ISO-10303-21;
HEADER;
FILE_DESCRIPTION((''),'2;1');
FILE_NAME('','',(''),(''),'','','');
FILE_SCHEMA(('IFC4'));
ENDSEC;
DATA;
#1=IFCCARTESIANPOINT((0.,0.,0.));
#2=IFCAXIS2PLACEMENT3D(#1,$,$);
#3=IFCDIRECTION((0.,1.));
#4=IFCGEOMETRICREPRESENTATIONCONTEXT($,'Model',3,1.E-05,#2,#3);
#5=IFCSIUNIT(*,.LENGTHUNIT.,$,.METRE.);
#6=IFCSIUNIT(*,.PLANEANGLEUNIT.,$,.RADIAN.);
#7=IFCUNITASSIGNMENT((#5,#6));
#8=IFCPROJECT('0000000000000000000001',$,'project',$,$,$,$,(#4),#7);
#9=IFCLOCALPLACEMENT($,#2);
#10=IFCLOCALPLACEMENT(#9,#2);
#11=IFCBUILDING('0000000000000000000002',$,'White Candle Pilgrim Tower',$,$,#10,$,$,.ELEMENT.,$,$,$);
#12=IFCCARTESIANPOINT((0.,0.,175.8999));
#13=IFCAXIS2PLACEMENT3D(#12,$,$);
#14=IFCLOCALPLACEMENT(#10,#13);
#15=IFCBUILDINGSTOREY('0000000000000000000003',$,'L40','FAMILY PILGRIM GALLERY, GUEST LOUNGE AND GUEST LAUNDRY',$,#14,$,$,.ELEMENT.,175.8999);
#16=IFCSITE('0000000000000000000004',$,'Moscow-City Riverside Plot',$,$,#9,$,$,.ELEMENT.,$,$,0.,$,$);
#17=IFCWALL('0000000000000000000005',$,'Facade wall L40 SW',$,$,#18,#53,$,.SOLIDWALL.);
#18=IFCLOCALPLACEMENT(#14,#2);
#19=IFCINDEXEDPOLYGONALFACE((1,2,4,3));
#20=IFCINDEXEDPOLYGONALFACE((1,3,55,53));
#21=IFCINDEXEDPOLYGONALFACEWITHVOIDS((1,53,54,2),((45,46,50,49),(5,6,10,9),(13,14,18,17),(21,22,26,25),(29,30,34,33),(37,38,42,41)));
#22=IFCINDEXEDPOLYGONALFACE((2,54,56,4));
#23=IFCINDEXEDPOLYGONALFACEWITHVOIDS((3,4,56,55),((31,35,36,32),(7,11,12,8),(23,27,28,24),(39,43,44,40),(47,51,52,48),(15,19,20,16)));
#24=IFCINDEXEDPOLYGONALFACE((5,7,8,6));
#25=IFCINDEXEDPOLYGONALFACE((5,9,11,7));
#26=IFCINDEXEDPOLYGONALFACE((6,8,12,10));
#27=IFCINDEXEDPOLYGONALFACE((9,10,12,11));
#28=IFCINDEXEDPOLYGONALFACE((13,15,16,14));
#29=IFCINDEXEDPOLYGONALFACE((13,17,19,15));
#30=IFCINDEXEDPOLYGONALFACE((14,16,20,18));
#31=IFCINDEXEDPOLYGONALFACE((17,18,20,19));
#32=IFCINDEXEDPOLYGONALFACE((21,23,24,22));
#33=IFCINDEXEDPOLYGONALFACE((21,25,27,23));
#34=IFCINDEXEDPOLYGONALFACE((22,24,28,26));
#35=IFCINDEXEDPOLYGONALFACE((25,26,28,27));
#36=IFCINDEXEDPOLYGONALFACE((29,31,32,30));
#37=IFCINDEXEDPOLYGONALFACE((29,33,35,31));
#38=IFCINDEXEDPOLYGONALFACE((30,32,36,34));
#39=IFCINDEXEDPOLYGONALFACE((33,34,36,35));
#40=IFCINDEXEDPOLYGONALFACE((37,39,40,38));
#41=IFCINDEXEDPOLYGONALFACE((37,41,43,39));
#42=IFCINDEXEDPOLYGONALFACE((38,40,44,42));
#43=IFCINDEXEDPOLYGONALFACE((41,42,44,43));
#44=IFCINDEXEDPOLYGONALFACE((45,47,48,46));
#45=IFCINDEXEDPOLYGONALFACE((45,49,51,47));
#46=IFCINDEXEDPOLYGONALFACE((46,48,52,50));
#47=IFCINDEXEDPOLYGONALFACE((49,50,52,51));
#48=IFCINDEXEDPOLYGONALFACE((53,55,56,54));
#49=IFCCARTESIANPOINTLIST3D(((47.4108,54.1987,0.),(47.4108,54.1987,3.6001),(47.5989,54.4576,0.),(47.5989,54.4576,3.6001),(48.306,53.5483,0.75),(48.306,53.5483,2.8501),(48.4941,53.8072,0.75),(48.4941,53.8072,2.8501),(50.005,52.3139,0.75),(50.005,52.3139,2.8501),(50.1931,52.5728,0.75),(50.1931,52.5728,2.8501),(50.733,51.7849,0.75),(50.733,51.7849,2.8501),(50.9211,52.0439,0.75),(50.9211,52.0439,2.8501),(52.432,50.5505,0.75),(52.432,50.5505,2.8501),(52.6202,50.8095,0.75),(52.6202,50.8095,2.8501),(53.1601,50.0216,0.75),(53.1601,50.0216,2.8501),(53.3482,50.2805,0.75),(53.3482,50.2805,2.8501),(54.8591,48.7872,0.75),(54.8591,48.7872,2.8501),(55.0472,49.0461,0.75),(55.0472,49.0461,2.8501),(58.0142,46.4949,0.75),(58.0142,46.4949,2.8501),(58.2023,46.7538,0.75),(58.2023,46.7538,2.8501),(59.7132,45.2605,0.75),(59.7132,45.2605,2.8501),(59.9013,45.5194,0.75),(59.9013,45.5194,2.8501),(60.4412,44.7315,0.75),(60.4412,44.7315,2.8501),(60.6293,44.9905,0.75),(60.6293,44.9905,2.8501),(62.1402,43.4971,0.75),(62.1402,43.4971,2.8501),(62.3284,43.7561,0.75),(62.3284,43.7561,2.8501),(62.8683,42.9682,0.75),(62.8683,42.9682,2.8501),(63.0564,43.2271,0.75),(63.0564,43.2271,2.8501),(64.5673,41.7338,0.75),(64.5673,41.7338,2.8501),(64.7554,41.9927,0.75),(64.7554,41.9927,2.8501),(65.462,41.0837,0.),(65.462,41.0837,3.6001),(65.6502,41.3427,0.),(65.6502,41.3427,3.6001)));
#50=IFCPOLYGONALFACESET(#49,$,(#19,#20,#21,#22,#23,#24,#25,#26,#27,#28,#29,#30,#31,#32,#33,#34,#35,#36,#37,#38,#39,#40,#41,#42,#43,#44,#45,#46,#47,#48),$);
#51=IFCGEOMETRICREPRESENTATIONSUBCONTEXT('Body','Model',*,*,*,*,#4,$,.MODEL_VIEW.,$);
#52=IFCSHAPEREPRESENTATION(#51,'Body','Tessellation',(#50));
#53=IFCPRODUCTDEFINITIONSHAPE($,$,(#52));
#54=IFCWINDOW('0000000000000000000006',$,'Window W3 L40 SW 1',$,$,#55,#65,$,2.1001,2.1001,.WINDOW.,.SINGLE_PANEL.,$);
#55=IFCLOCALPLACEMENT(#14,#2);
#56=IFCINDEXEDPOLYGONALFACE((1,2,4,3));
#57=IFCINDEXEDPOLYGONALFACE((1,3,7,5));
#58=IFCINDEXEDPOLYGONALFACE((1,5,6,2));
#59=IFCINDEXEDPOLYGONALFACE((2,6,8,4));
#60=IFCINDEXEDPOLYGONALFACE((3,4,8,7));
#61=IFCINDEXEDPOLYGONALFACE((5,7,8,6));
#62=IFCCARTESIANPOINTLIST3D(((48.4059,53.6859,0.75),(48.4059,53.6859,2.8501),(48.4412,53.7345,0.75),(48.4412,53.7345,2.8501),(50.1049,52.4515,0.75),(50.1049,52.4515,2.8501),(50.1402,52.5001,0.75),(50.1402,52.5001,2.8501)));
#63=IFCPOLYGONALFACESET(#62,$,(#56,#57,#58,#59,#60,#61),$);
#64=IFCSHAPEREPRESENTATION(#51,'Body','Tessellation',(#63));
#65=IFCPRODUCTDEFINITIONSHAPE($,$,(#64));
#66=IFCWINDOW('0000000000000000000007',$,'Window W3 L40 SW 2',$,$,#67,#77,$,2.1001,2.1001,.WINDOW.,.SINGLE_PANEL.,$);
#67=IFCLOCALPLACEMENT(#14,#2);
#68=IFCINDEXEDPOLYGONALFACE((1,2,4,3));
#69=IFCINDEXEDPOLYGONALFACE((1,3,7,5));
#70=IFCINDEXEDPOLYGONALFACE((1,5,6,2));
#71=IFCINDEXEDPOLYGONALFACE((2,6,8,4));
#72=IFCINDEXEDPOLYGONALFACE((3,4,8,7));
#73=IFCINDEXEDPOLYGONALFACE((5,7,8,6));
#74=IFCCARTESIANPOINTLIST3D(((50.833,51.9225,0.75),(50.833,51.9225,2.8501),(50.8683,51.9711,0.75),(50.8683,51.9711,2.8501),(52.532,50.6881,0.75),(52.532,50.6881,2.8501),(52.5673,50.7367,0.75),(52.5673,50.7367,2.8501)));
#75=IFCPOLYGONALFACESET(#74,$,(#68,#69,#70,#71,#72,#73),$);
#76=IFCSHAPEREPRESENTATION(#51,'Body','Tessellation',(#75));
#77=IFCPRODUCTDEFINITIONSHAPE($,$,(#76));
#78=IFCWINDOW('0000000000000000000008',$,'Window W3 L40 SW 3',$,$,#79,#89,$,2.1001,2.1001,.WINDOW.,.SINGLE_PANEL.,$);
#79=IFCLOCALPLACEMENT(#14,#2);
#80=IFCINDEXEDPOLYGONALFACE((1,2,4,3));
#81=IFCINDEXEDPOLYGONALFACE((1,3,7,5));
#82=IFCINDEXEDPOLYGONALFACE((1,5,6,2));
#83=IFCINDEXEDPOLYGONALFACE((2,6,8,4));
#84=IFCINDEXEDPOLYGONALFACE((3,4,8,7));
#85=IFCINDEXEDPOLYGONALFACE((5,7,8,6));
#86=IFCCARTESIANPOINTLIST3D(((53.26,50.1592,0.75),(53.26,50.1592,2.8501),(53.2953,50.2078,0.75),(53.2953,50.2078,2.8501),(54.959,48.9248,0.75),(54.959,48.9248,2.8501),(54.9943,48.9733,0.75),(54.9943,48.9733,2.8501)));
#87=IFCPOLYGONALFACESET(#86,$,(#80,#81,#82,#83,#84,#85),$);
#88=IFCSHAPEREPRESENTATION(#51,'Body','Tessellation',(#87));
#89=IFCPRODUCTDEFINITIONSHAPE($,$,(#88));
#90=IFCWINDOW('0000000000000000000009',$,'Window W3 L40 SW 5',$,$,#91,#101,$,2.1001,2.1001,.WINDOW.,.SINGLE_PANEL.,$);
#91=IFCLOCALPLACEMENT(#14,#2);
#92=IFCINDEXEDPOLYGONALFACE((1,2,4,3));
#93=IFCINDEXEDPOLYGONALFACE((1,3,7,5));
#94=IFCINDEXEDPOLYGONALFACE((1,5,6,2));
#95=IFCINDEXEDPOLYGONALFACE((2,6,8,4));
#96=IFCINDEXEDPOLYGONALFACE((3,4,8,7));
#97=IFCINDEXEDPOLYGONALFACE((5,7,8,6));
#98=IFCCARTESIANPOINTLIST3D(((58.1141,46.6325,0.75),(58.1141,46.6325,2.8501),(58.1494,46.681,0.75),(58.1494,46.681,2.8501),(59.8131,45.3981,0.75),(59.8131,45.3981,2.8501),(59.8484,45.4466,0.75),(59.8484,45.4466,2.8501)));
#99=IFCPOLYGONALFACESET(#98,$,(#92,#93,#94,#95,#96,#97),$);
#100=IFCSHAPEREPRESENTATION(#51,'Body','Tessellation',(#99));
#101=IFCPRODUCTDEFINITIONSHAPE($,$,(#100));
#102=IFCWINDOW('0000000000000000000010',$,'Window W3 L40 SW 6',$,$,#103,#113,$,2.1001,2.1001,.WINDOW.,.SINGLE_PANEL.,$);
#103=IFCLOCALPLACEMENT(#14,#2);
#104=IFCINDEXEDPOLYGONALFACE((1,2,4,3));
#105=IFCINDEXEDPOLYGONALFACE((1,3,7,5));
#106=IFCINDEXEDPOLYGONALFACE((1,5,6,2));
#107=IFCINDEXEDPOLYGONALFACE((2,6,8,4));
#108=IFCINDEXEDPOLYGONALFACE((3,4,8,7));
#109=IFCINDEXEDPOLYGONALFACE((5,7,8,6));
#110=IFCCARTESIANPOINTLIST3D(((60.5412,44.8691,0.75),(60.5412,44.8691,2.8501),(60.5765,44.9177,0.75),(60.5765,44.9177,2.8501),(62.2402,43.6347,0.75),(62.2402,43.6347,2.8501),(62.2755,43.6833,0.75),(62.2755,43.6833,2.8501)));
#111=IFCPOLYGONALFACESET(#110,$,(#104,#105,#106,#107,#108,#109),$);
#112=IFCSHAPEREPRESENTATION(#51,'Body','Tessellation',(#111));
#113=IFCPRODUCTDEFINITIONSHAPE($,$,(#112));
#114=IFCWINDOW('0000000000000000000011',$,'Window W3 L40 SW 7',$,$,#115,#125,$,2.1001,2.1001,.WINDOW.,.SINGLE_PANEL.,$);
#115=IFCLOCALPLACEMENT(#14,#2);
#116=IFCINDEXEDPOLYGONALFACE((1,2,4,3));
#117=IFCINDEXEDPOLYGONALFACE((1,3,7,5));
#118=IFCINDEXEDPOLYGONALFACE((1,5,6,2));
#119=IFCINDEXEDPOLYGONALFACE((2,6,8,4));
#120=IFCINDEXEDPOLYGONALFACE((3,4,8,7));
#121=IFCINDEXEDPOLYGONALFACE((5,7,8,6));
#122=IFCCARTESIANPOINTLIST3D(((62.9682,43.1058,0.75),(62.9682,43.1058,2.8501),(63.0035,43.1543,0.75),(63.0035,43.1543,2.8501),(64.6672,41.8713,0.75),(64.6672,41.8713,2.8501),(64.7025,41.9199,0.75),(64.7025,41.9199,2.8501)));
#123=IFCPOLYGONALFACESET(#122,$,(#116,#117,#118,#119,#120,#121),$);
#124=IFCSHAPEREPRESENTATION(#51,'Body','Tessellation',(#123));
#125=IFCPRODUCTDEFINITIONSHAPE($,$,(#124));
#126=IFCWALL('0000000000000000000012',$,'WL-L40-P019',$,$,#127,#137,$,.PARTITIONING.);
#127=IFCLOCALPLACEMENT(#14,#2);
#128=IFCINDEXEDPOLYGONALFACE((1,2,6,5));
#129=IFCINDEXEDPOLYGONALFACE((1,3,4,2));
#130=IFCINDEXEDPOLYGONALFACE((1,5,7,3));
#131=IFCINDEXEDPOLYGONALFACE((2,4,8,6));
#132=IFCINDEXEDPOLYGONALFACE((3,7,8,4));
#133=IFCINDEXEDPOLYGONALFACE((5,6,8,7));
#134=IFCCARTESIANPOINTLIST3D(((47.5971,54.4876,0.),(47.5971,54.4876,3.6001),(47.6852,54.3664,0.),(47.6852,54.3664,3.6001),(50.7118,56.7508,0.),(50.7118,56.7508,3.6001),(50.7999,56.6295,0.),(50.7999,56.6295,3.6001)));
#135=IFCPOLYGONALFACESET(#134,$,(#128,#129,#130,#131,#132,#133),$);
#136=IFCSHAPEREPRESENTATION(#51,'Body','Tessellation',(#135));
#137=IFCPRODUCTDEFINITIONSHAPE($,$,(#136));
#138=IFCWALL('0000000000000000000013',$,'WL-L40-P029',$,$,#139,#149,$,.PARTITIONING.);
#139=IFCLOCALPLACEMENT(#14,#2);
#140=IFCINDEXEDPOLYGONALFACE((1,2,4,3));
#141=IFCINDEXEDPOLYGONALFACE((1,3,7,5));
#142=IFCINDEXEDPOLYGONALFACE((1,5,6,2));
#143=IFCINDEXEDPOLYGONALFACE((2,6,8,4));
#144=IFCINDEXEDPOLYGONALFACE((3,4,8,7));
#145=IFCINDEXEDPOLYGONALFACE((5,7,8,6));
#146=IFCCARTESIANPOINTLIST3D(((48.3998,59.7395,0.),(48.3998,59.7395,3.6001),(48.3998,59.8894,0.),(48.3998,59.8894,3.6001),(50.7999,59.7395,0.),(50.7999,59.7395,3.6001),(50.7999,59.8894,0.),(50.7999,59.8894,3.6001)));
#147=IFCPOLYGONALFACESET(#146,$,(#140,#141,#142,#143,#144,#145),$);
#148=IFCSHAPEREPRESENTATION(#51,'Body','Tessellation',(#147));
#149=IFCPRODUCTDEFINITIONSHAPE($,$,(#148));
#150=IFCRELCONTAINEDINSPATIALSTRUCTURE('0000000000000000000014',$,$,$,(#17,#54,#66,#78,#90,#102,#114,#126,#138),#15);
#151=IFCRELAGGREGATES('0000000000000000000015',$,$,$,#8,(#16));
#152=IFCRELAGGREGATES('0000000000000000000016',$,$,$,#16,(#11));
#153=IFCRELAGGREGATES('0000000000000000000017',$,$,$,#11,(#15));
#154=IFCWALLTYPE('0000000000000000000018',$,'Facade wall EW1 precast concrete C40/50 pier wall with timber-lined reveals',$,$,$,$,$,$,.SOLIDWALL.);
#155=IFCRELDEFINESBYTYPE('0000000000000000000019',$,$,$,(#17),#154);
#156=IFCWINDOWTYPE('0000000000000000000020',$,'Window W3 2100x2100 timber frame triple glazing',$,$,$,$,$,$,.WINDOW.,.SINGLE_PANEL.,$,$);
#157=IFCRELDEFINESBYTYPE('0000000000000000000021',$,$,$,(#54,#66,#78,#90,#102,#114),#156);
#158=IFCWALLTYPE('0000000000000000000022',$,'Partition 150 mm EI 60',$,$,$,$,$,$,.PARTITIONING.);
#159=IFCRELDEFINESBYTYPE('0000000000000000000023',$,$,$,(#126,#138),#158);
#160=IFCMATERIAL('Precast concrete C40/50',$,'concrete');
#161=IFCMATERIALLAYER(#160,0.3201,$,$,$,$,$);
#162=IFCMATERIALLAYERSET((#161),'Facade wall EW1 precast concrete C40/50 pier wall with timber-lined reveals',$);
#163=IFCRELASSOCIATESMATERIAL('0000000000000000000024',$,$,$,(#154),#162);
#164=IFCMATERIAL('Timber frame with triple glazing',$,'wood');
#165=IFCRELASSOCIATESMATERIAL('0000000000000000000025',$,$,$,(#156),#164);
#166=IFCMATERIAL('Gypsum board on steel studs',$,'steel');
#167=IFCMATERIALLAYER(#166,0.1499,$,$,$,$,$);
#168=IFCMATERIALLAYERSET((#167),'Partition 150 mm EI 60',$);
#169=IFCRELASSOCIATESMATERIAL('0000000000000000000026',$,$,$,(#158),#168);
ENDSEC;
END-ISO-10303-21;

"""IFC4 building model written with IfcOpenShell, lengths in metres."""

from ifc_helpers import new_model, si_unit, direction, frame, frame_2d, origin, place, context, subcontext, project, spatial, rectangle, extrude, material, layer, layer_set, type_object, element, fill, save


model = new_model("IFC4")

# Units and contexts
model_context = context("Model", 3, precision=1e-05, world=origin(), true_north=direction((0.0, 1.0)))
body_context = subcontext(model_context, "Body", "Model", "MODEL_VIEW")
ifc_project = project(units=[si_unit("LENGTHUNIT", "METRE"), si_unit("PLANEANGLEUNIT", "RADIAN")], contexts=[model_context])

# Site, building, storey
site_placement = place(None, origin())
site = spatial("IfcSite", under=ifc_project, at=site_placement, Name="Moscow-City Riverside Plot", CompositionType="ELEMENT", RefElevation=0.0)
building_placement = place(site_placement, origin())
building = spatial("IfcBuilding", under=site, at=building_placement, Name="White Candle Pilgrim Tower", CompositionType="ELEMENT")
storey_placement = place(building_placement, frame((0.0, 0.0, 175.8999)))
storey = spatial("IfcBuildingStorey", under=building, at=storey_placement, Name="L40", Description="FAMILY PILGRIM GALLERY, GUEST LOUNGE AND GUEST LAUNDRY", CompositionType="ELEMENT", Elevation=175.8999)

# Shared definitions
ifc_material_1 = material(Name="Gypsum board on steel studs", Category="steel")

# Wall, openings, windows
ifc_material_2 = material(Name="Precast concrete C40/50", Category="concrete")
ifc_layer_1 = layer(ifc_material_2, 0.3201)
ifc_layer_set_1 = layer_set([ifc_layer_1], Name="Facade wall EW1 precast concrete C40/50 pier wall with timber-lined reveals")
wall_type_1 = type_object("IfcWallType", Name="Facade wall EW1 precast concrete C40/50 pier wall with timber-lined reveals", PredefinedType="SOLIDWALL", material=ifc_layer_set_1)
wall_1_placement = place(storey_placement, frame((47.5049, 54.3281, 0.0), z_axis=(0.0, 0.0, 1.0), x_axis=(0.809018, -0.587785, 0.0)))
wall_1 = element("IfcWall", 1, at=wall_1_placement, inside=storey, type_object=wall_type_1, Name="Facade wall L40 SW", PredefinedType="SOLIDWALL", context=body_context, shape_type="SweptSolid", body=[
    extrude(rectangle(XDim=22.3125, YDim=0.3201, at=frame_2d((11.1562, 0.0))), origin(), (0.0, 0.0, 1.0), 3.6001),
])
opening_1_placement = place(wall_1_placement, frame((1.1064, 0.0, 0.75)))
opening_1 = element("IfcOpeningElement", 2, at=opening_1_placement, cuts=wall_1, PredefinedType="OPENING", context=body_context, shape_type="SweptSolid", body=[
    extrude(rectangle(XDim=2.1001, YDim=2.1001, at=frame_2d((1.05, 1.05))), frame((0.0, 0.1699, 0.0), z_axis=(0.0, -1.0, 0.0), x_axis=(1.0, 0.0, 0.0)), (0.0, 0.0, 1.0), 0.3401),
])
opening_2_placement = place(wall_1_placement, frame((4.1064, 0.0, 0.75)))
opening_2 = element("IfcOpeningElement", 3, at=opening_2_placement, cuts=wall_1, PredefinedType="OPENING", context=body_context, shape_type="SweptSolid", body=[
    extrude(rectangle(XDim=2.1001, YDim=2.1001, at=frame_2d((1.05, 1.05))), frame((0.0, 0.1699, 0.0), z_axis=(0.0, -1.0, 0.0), x_axis=(1.0, 0.0, 0.0)), (0.0, 0.0, 1.0), 0.3401),
])
opening_3_placement = place(wall_1_placement, frame((7.1064, 0.0, 0.75)))
opening_3 = element("IfcOpeningElement", 4, at=opening_3_placement, cuts=wall_1, PredefinedType="OPENING", context=body_context, shape_type="SweptSolid", body=[
    extrude(rectangle(XDim=2.1001, YDim=2.1001, at=frame_2d((1.05, 1.05))), frame((0.0, 0.1699, 0.0), z_axis=(0.0, -1.0, 0.0), x_axis=(1.0, 0.0, 0.0)), (0.0, 0.0, 1.0), 0.3401),
])
opening_4_placement = place(wall_1_placement, frame((13.1064, 0.0, 0.75)))
opening_4 = element("IfcOpeningElement", 5, at=opening_4_placement, cuts=wall_1, PredefinedType="OPENING", context=body_context, shape_type="SweptSolid", body=[
    extrude(rectangle(XDim=2.1001, YDim=2.1001, at=frame_2d((1.05, 1.05))), frame((0.0, 0.1699, 0.0), z_axis=(0.0, -1.0, 0.0), x_axis=(1.0, 0.0, 0.0)), (0.0, 0.0, 1.0), 0.3401),
])
opening_5_placement = place(wall_1_placement, frame((16.1064, 0.0, 0.75)))
opening_5 = element("IfcOpeningElement", 6, at=opening_5_placement, cuts=wall_1, PredefinedType="OPENING", context=body_context, shape_type="SweptSolid", body=[
    extrude(rectangle(XDim=2.1001, YDim=2.1001, at=frame_2d((1.05, 1.05))), frame((0.0, 0.1699, 0.0), z_axis=(0.0, -1.0, 0.0), x_axis=(1.0, 0.0, 0.0)), (0.0, 0.0, 1.0), 0.3401),
])
opening_6_placement = place(wall_1_placement, frame((19.1064, 0.0, 0.75)))
opening_6 = element("IfcOpeningElement", 7, at=opening_6_placement, cuts=wall_1, PredefinedType="OPENING", context=body_context, shape_type="SweptSolid", body=[
    extrude(rectangle(XDim=2.1001, YDim=2.1001, at=frame_2d((1.05, 1.05))), frame((0.0, 0.1699, 0.0), z_axis=(0.0, -1.0, 0.0), x_axis=(1.0, 0.0, 0.0)), (0.0, 0.0, 1.0), 0.3401),
])
ifc_material_3 = material(Name="Timber frame with triple glazing", Category="wood")
window_type = type_object("IfcWindowType", Name="Window W3 2100x2100 timber frame triple glazing", PartitioningType="SINGLE_PANEL", PredefinedType="WINDOW", material=ifc_material_3)
window_1_placement = place(opening_1_placement, origin())
window_1 = element("IfcWindow", 8, at=window_1_placement, inside=storey, type_object=window_type, Name="Window W3 L40 SW 1", OverallHeight=2.1001, OverallWidth=2.1001, PartitioningType="SINGLE_PANEL", PredefinedType="WINDOW", context=body_context, shape_type="SweptSolid", body=[
    extrude(rectangle(XDim=2.1001, YDim=2.1001, at=frame_2d((1.05, 1.05))), frame((0.0, 0.0701, 0.0), z_axis=(0.0, -1.0, 0.0), x_axis=(1.0, 0.0, 0.0)), (0.0, 0.0, 1.0), 0.0601),
])
fill(opening_1, window_1)
window_2_placement = place(opening_2_placement, origin())
window_2 = element("IfcWindow", 9, at=window_2_placement, inside=storey, type_object=window_type, Name="Window W3 L40 SW 2", OverallHeight=2.1001, OverallWidth=2.1001, PartitioningType="SINGLE_PANEL", PredefinedType="WINDOW", context=body_context, shape_type="SweptSolid", body=[
    extrude(rectangle(XDim=2.1001, YDim=2.1001, at=frame_2d((1.05, 1.05))), frame((0.0, 0.0701, 0.0), z_axis=(0.0, -1.0, 0.0), x_axis=(1.0, 0.0, 0.0)), (0.0, 0.0, 1.0), 0.0601),
])
fill(opening_2, window_2)
window_3_placement = place(opening_3_placement, origin())
window_3 = element("IfcWindow", 10, at=window_3_placement, inside=storey, type_object=window_type, Name="Window W3 L40 SW 3", OverallHeight=2.1001, OverallWidth=2.1001, PartitioningType="SINGLE_PANEL", PredefinedType="WINDOW", context=body_context, shape_type="SweptSolid", body=[
    extrude(rectangle(XDim=2.1001, YDim=2.1001, at=frame_2d((1.05, 1.05))), frame((0.0, 0.0701, 0.0), z_axis=(0.0, -1.0, 0.0), x_axis=(1.0, 0.0, 0.0)), (0.0, 0.0, 1.0), 0.0601),
])
fill(opening_3, window_3)
window_4_placement = place(opening_4_placement, origin())
window_4 = element("IfcWindow", 11, at=window_4_placement, inside=storey, type_object=window_type, Name="Window W3 L40 SW 5", OverallHeight=2.1001, OverallWidth=2.1001, PartitioningType="SINGLE_PANEL", PredefinedType="WINDOW", context=body_context, shape_type="SweptSolid", body=[
    extrude(rectangle(XDim=2.1001, YDim=2.1001, at=frame_2d((1.05, 1.05))), frame((0.0, 0.0701, 0.0), z_axis=(0.0, -1.0, 0.0), x_axis=(1.0, 0.0, 0.0)), (0.0, 0.0, 1.0), 0.0601),
])
fill(opening_4, window_4)
window_5_placement = place(opening_5_placement, origin())
window_5 = element("IfcWindow", 12, at=window_5_placement, inside=storey, type_object=window_type, Name="Window W3 L40 SW 6", OverallHeight=2.1001, OverallWidth=2.1001, PartitioningType="SINGLE_PANEL", PredefinedType="WINDOW", context=body_context, shape_type="SweptSolid", body=[
    extrude(rectangle(XDim=2.1001, YDim=2.1001, at=frame_2d((1.05, 1.05))), frame((0.0, 0.0701, 0.0), z_axis=(0.0, -1.0, 0.0), x_axis=(1.0, 0.0, 0.0)), (0.0, 0.0, 1.0), 0.0601),
])
fill(opening_5, window_5)
window_6_placement = place(opening_6_placement, origin())
window_6 = element("IfcWindow", 13, at=window_6_placement, inside=storey, type_object=window_type, Name="Window W3 L40 SW 7", OverallHeight=2.1001, OverallWidth=2.1001, PartitioningType="SINGLE_PANEL", PredefinedType="WINDOW", context=body_context, shape_type="SweptSolid", body=[
    extrude(rectangle(XDim=2.1001, YDim=2.1001, at=frame_2d((1.05, 1.05))), frame((0.0, 0.0701, 0.0), z_axis=(0.0, -1.0, 0.0), x_axis=(1.0, 0.0, 0.0)), (0.0, 0.0, 1.0), 0.0601),
])
fill(opening_6, window_6)

# Walls
ifc_layer_2 = layer(ifc_material_1, 0.1499)
ifc_layer_set_2 = layer_set([ifc_layer_2], Name="Partition 150 mm EI 60")
wall_type_2 = type_object("IfcWallType", Name="Partition 150 mm EI 60", PredefinedType="PARTITIONING", material=ifc_layer_set_2)
wall_2_placement = place(storey_placement, frame((47.6411, 54.427, 0.0), z_axis=(0.0, 0.0, 1.0), x_axis=(0.808994, 0.587817, 0.0)))
element("IfcWall", 14, at=wall_2_placement, inside=storey, type_object=wall_type_2, Name="WL-L40-P019", PredefinedType="PARTITIONING", context=body_context, shape_type="SweptSolid", body=[
    extrude(rectangle(XDim=3.8501, YDim=0.1499, at=frame_2d((1.925, 0.0))), origin(), (0.0, 0.0, 1.0), 3.6001),
])
wall_3_placement = place(storey_placement, frame((50.8, 59.8145, 0.0), z_axis=(0.0, 0.0, 1.0), x_axis=(-1.0, 0.0, 0.0)))
element("IfcWall", 15, at=wall_3_placement, inside=storey, type_object=wall_type_2, Name="WL-L40-P029", PredefinedType="PARTITIONING", context=body_context, shape_type="SweptSolid", body=[
    extrude(rectangle(XDim=2.4001, YDim=0.1499, at=frame_2d((1.2002, 0.0))), origin(), (0.0, 0.0, 1.0), 3.6001),
])

save(model, "model.ifc")
